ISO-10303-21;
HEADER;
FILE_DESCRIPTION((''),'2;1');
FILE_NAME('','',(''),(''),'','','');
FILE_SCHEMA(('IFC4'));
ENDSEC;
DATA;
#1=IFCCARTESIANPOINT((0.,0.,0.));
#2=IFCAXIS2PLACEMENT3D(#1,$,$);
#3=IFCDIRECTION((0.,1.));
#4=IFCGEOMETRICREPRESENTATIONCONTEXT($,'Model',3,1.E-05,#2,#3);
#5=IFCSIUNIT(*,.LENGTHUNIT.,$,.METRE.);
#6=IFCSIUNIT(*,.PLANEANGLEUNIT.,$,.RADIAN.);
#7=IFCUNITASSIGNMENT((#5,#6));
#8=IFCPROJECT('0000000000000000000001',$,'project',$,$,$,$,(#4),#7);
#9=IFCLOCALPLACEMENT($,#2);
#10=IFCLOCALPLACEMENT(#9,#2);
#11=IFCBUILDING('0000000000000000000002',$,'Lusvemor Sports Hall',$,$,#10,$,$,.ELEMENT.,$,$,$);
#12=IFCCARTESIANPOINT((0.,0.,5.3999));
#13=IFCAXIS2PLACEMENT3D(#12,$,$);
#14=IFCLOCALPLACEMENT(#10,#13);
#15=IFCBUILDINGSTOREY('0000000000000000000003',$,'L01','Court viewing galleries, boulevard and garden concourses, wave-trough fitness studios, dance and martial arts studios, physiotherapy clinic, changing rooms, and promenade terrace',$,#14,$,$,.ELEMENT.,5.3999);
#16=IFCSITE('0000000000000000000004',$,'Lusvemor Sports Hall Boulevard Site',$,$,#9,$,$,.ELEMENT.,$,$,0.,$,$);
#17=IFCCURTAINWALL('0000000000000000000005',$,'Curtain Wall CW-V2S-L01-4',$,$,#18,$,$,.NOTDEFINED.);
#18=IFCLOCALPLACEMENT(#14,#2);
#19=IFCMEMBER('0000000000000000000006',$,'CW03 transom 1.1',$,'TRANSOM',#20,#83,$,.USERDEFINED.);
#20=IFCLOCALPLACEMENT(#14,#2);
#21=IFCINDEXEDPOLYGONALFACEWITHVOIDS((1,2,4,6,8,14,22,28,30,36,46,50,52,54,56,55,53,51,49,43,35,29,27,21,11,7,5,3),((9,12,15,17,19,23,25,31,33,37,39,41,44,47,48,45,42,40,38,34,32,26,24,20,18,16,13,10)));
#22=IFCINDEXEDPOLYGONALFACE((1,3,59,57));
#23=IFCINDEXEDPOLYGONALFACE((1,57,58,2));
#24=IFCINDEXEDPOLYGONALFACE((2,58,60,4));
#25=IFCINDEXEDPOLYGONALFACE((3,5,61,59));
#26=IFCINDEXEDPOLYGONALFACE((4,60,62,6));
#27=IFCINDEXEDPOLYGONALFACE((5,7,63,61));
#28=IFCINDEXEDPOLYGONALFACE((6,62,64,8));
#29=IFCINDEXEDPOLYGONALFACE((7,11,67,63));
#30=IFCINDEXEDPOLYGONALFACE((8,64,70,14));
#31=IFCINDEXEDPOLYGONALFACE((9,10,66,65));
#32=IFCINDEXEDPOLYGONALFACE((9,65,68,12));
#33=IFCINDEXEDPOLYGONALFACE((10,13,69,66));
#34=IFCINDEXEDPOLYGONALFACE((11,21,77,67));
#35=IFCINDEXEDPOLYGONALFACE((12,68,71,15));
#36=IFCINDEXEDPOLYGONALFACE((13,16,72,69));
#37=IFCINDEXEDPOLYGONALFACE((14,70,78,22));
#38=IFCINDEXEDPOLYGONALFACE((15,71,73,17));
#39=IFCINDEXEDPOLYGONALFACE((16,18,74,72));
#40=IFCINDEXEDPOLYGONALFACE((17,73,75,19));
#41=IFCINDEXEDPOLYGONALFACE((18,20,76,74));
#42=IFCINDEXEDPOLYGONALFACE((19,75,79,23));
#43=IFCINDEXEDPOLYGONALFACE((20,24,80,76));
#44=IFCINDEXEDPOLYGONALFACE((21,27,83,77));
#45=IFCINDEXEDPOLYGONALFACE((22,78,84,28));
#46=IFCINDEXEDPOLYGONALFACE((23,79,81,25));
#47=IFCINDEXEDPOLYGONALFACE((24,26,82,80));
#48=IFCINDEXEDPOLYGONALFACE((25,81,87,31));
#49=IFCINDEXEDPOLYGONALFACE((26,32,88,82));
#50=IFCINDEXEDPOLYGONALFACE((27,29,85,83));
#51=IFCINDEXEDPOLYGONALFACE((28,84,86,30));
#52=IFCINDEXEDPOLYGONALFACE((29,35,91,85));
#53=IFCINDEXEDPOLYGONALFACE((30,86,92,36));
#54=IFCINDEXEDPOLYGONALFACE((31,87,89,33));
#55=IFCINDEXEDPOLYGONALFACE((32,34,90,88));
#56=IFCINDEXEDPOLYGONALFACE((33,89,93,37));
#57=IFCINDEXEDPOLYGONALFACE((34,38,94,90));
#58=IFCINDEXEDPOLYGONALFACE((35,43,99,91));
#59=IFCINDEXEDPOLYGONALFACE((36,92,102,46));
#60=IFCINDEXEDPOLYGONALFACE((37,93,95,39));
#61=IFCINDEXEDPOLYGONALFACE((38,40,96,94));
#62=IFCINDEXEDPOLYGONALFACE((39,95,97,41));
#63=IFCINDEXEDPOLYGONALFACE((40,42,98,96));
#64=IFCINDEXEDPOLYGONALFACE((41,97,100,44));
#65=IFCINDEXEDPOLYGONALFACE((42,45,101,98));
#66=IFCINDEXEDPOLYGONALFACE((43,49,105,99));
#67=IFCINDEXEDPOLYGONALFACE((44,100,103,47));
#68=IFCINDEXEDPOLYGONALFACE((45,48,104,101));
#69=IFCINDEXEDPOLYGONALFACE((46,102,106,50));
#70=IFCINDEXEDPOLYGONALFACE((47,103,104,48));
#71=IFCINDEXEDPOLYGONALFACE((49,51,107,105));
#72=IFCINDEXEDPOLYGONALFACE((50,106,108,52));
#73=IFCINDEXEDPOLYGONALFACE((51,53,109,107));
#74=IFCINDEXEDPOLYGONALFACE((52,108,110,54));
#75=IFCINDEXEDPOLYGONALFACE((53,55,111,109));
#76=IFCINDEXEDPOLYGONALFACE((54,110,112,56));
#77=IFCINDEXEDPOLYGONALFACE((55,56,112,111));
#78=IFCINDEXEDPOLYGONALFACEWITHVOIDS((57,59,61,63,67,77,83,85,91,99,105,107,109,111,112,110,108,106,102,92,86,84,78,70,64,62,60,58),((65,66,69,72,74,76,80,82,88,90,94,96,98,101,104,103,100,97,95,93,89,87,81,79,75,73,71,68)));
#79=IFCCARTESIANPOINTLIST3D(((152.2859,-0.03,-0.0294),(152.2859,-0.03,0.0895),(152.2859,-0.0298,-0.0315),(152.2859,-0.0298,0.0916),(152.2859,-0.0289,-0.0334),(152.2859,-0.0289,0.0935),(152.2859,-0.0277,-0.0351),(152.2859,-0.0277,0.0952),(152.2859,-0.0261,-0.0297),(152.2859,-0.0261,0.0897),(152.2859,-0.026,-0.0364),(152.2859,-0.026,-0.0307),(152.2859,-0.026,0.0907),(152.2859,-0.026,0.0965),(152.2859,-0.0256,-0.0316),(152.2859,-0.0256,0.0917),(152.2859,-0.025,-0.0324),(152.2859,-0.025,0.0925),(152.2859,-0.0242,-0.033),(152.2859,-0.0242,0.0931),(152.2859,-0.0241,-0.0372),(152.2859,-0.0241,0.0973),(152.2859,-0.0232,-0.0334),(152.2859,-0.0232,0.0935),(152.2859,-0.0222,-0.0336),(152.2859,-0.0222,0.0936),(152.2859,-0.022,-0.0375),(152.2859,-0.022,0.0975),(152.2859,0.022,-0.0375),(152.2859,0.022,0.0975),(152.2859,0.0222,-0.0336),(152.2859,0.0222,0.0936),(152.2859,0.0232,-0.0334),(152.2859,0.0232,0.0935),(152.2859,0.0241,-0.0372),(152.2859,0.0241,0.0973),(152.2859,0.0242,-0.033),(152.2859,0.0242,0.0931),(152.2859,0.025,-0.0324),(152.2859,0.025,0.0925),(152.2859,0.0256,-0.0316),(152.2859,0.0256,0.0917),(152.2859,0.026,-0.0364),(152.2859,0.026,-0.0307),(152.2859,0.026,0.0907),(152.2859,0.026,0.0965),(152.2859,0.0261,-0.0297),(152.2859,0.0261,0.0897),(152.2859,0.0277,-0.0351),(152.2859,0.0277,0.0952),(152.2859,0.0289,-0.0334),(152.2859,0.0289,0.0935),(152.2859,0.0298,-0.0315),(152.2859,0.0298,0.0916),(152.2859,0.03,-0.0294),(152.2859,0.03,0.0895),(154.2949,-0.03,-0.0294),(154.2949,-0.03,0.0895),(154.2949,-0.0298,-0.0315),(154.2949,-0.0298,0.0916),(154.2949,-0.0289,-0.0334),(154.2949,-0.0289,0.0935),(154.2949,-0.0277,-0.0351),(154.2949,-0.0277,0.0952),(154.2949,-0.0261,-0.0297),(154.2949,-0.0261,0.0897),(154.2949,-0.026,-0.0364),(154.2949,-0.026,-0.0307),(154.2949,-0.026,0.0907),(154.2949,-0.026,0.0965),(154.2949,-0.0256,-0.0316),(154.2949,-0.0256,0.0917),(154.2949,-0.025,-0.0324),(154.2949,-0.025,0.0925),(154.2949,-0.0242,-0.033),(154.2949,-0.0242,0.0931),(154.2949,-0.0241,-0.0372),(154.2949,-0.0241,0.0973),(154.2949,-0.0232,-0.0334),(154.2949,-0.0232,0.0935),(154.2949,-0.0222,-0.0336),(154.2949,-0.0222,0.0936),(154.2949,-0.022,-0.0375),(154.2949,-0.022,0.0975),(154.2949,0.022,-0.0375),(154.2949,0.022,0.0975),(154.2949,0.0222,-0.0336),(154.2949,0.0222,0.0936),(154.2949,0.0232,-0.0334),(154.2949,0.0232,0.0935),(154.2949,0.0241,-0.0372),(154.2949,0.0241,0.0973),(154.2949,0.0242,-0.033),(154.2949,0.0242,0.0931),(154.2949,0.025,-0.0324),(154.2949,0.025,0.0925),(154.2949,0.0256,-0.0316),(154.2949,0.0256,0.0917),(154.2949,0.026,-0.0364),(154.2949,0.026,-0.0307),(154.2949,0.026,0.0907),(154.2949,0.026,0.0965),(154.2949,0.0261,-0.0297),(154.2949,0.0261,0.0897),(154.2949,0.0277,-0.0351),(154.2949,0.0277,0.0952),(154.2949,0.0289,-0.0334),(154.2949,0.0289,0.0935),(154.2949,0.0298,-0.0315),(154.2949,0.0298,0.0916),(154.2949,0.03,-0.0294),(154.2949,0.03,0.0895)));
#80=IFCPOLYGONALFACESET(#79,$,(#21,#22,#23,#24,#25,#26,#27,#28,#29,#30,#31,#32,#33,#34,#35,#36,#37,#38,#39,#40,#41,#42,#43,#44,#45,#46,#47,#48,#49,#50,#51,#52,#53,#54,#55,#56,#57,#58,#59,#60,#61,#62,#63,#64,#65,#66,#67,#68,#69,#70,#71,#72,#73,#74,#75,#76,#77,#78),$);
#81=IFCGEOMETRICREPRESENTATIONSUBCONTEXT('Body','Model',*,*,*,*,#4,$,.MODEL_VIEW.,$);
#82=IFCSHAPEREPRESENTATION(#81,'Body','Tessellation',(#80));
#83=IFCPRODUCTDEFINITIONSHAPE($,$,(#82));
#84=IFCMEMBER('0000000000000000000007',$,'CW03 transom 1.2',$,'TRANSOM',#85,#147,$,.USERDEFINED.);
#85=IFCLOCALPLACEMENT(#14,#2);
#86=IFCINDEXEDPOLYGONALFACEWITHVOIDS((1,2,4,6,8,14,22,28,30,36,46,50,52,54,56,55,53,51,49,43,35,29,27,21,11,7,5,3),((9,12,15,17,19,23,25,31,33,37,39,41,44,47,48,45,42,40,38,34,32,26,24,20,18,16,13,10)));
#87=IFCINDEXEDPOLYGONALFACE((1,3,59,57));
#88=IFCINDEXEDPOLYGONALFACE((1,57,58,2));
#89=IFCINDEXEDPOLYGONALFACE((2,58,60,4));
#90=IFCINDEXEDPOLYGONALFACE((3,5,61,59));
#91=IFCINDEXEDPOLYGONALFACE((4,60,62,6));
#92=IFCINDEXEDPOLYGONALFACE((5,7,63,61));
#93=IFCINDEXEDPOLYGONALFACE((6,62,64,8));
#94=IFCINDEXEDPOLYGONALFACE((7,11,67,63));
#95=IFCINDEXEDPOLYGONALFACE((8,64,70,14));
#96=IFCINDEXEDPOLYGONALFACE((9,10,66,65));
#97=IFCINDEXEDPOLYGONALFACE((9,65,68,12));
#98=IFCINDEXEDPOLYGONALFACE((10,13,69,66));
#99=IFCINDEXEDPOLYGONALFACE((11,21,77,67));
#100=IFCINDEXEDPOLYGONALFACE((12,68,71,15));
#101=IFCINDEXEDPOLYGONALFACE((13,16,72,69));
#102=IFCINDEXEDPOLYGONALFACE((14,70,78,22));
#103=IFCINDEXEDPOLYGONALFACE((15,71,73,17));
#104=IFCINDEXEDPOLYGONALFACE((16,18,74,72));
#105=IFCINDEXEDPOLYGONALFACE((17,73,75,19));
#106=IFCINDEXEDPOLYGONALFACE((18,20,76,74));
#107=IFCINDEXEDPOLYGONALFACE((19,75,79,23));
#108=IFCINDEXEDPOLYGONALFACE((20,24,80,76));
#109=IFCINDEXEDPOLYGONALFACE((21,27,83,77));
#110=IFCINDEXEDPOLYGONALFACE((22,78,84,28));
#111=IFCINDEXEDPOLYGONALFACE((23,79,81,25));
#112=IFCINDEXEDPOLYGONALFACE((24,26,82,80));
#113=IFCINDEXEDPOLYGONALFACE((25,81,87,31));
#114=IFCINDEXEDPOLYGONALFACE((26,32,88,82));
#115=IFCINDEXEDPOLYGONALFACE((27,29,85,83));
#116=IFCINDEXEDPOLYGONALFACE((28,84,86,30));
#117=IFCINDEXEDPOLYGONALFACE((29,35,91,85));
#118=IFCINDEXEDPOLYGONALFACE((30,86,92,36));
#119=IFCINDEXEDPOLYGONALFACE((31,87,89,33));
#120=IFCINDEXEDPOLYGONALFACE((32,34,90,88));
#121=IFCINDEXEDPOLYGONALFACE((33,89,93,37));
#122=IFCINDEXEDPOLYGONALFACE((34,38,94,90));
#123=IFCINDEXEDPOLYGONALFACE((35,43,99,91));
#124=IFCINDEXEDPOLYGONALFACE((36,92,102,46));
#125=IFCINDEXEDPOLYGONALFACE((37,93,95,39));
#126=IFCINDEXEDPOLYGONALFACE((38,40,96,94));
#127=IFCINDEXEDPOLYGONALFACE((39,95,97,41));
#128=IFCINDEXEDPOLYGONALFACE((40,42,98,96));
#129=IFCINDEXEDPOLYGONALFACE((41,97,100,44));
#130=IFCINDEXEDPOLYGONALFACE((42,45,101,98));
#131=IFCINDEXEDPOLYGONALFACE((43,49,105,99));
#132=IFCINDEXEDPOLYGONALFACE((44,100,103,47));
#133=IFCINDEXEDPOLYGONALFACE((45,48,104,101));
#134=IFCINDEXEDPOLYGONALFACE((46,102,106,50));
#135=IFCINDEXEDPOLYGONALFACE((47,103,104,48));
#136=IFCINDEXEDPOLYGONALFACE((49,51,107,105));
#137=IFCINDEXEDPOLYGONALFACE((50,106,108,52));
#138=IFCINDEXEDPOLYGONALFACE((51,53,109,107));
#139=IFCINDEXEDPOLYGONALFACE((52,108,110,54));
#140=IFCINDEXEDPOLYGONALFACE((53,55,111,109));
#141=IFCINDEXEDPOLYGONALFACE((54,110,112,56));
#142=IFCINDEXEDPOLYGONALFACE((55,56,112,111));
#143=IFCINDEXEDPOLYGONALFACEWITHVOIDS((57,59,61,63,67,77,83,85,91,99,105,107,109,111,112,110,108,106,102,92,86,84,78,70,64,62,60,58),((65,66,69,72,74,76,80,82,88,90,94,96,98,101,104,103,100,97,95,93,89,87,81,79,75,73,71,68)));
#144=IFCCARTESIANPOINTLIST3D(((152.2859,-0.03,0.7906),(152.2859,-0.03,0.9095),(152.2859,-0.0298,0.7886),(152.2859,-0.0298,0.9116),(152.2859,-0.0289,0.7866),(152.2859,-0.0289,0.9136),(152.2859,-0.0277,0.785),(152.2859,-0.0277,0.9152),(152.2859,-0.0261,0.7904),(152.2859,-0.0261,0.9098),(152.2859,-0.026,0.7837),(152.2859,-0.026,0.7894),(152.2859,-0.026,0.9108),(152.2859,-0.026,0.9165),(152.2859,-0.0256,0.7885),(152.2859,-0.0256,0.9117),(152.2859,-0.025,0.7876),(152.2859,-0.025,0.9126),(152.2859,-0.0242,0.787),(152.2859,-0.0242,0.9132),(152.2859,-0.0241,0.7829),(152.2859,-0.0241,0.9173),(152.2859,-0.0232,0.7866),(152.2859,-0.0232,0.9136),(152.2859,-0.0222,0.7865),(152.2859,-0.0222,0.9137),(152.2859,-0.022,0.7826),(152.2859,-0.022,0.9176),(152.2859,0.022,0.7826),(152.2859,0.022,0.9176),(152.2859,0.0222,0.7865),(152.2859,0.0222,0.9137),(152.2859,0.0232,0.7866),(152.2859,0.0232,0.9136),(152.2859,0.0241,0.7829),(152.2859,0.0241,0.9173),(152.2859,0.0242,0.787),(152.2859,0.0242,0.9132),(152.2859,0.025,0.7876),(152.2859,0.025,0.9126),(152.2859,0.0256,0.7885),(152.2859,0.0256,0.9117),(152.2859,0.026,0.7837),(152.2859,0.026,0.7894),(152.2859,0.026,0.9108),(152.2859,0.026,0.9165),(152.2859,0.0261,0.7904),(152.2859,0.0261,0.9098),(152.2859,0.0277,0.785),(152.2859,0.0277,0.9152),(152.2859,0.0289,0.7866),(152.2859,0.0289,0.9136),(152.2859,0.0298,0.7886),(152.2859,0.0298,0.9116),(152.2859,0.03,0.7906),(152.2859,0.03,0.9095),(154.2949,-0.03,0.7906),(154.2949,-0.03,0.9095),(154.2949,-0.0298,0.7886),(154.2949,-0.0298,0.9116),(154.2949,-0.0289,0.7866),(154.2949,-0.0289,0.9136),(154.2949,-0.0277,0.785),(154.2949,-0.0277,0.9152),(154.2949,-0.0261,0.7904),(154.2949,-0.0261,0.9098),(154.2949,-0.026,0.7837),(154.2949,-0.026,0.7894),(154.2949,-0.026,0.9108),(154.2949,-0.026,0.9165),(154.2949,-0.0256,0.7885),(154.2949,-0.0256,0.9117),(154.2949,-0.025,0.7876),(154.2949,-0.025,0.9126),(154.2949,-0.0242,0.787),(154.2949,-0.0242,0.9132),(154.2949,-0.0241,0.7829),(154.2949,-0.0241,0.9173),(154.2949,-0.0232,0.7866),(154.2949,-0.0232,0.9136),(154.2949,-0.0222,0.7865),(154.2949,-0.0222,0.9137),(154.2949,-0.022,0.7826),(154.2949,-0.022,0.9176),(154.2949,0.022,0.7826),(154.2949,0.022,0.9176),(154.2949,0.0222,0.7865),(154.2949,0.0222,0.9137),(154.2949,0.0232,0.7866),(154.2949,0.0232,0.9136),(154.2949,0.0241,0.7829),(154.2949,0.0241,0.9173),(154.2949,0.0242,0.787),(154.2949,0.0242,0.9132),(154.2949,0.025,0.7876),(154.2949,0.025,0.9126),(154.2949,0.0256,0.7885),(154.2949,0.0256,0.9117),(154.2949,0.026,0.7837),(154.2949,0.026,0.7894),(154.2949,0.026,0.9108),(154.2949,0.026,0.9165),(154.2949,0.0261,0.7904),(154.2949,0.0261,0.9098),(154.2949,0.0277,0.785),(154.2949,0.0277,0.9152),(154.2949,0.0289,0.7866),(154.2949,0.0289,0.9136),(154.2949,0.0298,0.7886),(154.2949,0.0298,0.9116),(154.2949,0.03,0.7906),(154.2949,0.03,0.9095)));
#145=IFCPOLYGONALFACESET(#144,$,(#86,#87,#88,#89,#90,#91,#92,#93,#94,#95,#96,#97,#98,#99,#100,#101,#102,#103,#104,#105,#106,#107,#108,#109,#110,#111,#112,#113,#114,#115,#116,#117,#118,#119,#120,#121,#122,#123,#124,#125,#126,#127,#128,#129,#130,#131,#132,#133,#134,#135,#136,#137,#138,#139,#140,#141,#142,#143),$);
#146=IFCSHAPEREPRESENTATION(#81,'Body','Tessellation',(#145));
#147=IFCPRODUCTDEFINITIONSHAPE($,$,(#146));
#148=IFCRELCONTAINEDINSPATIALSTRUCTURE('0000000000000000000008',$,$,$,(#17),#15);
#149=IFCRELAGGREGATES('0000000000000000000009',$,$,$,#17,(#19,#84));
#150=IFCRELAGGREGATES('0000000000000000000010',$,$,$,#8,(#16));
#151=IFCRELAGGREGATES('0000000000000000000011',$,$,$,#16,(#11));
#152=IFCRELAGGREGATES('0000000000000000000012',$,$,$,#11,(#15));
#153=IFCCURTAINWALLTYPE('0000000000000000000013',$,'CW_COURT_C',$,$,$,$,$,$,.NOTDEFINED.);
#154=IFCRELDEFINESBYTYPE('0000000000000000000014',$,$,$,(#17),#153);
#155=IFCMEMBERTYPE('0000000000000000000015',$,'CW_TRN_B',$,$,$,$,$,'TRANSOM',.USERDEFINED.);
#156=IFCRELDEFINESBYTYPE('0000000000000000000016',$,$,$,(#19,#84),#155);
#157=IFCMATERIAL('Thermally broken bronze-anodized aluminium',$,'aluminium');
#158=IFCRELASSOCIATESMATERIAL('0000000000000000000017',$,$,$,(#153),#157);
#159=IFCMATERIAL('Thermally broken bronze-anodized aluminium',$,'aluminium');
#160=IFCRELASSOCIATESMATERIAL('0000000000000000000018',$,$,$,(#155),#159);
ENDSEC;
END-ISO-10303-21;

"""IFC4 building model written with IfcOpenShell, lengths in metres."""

from ifc_helpers import new_model, si_unit, direction, frame, origin, origin_2d, place, context, subcontext, project, spatial, hollow_rectangle, extrude, material, material_profile, profile_set, type_object, element, aggregate, save


model = new_model("IFC4")

# Units and contexts
model_context = context("Model", 3, precision=1e-05, world=origin(), true_north=direction((0.0, 1.0)))
body_context = subcontext(model_context, "Body", "Model", "MODEL_VIEW")
ifc_project = project(units=[si_unit("LENGTHUNIT", "METRE"), si_unit("PLANEANGLEUNIT", "RADIAN")], contexts=[model_context])

# Site, building, storey
site_placement = place(None, origin())
site = spatial("IfcSite", under=ifc_project, at=site_placement, Name="Lusvemor Sports Hall Boulevard Site", CompositionType="ELEMENT", RefElevation=0.0)
building_placement = place(site_placement, origin())
building = spatial("IfcBuilding", under=site, at=building_placement, Name="Lusvemor Sports Hall", CompositionType="ELEMENT")
storey_placement = place(building_placement, frame((0.0, 0.0, 5.3999)))
storey = spatial("IfcBuildingStorey", under=building, at=storey_placement, Name="L01", Description="Court viewing galleries, boulevard and garden concourses, wave-trough fitness studios, dance and martial arts studios, physiotherapy clinic, changing rooms, and promenade terrace", CompositionType="ELEMENT", Elevation=5.3999)

# Curtain wall
ifc_material_1 = material(Name="Thermally broken bronze-anodized aluminium", Category="aluminium")
curtain_wall_type = type_object("IfcCurtainWallType", Name="CW_COURT_C", PredefinedType="NOTDEFINED", material=ifc_material_1)
curtain_wall_1_placement = place(storey_placement, origin())
curtain_wall_1 = element("IfcCurtainWall", 1, at=curtain_wall_1_placement, inside=storey, type_object=curtain_wall_type, Name="Curtain Wall CW-V2S-L01-4", PredefinedType="NOTDEFINED")

# Members
ifc_material_2 = material(Name="Thermally broken bronze-anodized aluminium", Category="aluminium")
ifc_material_profile_1 = material_profile(ifc_material_2, hollow_rectangle(XDim=0.0601, YDim=0.135, WallThickness=0.0039, InnerFilletRadius=0.0039, OuterFilletRadius=0.0081, at=origin_2d()), Name="CWTRN135x60x4")
ifc_profile_set_1 = profile_set([ifc_material_profile_1], Name="Thermally broken bronze-anodized aluminium")
member_type_1 = type_object("IfcMemberType", Name="CW_TRN_B", ElementType="TRANSOM", PredefinedType="USERDEFINED", material=ifc_profile_set_1)
member_1_placement = place(storey_placement, frame((154.2949, 0.0, 0.03), z_axis=(-1.0, 0.0, 0.0), x_axis=(0.0, -1.0, 0.0)))
member_1 = element("IfcMember", 2, at=member_1_placement, type_object=member_type_1, Name="CW03 transom 1.1", ObjectType="TRANSOM", PredefinedType="USERDEFINED", context=body_context, shape_type="SweptSolid", body=[
    extrude(hollow_rectangle(XDim=0.0601, YDim=0.135, WallThickness=0.0039, InnerFilletRadius=0.0039, OuterFilletRadius=0.0081, at=origin_2d()), origin(), (0.0, 0.0, 1.0), 2.009),
])
member_2_placement = place(storey_placement, frame((154.2949, 0.0, 0.8501), z_axis=(-1.0, 0.0, 0.0), x_axis=(0.0, -1.0, 0.0)))
member_2 = element("IfcMember", 3, at=member_2_placement, type_object=member_type_1, Name="CW03 transom 1.2", ObjectType="TRANSOM", PredefinedType="USERDEFINED", context=body_context, shape_type="SweptSolid", body=[
    extrude(hollow_rectangle(XDim=0.0601, YDim=0.135, WallThickness=0.0039, InnerFilletRadius=0.0039, OuterFilletRadius=0.0081, at=origin_2d()), origin(), (0.0, 0.0, 1.0), 2.009),
])

aggregate(curtain_wall_1, [member_1, member_2])

save(model, "model.ifc")
